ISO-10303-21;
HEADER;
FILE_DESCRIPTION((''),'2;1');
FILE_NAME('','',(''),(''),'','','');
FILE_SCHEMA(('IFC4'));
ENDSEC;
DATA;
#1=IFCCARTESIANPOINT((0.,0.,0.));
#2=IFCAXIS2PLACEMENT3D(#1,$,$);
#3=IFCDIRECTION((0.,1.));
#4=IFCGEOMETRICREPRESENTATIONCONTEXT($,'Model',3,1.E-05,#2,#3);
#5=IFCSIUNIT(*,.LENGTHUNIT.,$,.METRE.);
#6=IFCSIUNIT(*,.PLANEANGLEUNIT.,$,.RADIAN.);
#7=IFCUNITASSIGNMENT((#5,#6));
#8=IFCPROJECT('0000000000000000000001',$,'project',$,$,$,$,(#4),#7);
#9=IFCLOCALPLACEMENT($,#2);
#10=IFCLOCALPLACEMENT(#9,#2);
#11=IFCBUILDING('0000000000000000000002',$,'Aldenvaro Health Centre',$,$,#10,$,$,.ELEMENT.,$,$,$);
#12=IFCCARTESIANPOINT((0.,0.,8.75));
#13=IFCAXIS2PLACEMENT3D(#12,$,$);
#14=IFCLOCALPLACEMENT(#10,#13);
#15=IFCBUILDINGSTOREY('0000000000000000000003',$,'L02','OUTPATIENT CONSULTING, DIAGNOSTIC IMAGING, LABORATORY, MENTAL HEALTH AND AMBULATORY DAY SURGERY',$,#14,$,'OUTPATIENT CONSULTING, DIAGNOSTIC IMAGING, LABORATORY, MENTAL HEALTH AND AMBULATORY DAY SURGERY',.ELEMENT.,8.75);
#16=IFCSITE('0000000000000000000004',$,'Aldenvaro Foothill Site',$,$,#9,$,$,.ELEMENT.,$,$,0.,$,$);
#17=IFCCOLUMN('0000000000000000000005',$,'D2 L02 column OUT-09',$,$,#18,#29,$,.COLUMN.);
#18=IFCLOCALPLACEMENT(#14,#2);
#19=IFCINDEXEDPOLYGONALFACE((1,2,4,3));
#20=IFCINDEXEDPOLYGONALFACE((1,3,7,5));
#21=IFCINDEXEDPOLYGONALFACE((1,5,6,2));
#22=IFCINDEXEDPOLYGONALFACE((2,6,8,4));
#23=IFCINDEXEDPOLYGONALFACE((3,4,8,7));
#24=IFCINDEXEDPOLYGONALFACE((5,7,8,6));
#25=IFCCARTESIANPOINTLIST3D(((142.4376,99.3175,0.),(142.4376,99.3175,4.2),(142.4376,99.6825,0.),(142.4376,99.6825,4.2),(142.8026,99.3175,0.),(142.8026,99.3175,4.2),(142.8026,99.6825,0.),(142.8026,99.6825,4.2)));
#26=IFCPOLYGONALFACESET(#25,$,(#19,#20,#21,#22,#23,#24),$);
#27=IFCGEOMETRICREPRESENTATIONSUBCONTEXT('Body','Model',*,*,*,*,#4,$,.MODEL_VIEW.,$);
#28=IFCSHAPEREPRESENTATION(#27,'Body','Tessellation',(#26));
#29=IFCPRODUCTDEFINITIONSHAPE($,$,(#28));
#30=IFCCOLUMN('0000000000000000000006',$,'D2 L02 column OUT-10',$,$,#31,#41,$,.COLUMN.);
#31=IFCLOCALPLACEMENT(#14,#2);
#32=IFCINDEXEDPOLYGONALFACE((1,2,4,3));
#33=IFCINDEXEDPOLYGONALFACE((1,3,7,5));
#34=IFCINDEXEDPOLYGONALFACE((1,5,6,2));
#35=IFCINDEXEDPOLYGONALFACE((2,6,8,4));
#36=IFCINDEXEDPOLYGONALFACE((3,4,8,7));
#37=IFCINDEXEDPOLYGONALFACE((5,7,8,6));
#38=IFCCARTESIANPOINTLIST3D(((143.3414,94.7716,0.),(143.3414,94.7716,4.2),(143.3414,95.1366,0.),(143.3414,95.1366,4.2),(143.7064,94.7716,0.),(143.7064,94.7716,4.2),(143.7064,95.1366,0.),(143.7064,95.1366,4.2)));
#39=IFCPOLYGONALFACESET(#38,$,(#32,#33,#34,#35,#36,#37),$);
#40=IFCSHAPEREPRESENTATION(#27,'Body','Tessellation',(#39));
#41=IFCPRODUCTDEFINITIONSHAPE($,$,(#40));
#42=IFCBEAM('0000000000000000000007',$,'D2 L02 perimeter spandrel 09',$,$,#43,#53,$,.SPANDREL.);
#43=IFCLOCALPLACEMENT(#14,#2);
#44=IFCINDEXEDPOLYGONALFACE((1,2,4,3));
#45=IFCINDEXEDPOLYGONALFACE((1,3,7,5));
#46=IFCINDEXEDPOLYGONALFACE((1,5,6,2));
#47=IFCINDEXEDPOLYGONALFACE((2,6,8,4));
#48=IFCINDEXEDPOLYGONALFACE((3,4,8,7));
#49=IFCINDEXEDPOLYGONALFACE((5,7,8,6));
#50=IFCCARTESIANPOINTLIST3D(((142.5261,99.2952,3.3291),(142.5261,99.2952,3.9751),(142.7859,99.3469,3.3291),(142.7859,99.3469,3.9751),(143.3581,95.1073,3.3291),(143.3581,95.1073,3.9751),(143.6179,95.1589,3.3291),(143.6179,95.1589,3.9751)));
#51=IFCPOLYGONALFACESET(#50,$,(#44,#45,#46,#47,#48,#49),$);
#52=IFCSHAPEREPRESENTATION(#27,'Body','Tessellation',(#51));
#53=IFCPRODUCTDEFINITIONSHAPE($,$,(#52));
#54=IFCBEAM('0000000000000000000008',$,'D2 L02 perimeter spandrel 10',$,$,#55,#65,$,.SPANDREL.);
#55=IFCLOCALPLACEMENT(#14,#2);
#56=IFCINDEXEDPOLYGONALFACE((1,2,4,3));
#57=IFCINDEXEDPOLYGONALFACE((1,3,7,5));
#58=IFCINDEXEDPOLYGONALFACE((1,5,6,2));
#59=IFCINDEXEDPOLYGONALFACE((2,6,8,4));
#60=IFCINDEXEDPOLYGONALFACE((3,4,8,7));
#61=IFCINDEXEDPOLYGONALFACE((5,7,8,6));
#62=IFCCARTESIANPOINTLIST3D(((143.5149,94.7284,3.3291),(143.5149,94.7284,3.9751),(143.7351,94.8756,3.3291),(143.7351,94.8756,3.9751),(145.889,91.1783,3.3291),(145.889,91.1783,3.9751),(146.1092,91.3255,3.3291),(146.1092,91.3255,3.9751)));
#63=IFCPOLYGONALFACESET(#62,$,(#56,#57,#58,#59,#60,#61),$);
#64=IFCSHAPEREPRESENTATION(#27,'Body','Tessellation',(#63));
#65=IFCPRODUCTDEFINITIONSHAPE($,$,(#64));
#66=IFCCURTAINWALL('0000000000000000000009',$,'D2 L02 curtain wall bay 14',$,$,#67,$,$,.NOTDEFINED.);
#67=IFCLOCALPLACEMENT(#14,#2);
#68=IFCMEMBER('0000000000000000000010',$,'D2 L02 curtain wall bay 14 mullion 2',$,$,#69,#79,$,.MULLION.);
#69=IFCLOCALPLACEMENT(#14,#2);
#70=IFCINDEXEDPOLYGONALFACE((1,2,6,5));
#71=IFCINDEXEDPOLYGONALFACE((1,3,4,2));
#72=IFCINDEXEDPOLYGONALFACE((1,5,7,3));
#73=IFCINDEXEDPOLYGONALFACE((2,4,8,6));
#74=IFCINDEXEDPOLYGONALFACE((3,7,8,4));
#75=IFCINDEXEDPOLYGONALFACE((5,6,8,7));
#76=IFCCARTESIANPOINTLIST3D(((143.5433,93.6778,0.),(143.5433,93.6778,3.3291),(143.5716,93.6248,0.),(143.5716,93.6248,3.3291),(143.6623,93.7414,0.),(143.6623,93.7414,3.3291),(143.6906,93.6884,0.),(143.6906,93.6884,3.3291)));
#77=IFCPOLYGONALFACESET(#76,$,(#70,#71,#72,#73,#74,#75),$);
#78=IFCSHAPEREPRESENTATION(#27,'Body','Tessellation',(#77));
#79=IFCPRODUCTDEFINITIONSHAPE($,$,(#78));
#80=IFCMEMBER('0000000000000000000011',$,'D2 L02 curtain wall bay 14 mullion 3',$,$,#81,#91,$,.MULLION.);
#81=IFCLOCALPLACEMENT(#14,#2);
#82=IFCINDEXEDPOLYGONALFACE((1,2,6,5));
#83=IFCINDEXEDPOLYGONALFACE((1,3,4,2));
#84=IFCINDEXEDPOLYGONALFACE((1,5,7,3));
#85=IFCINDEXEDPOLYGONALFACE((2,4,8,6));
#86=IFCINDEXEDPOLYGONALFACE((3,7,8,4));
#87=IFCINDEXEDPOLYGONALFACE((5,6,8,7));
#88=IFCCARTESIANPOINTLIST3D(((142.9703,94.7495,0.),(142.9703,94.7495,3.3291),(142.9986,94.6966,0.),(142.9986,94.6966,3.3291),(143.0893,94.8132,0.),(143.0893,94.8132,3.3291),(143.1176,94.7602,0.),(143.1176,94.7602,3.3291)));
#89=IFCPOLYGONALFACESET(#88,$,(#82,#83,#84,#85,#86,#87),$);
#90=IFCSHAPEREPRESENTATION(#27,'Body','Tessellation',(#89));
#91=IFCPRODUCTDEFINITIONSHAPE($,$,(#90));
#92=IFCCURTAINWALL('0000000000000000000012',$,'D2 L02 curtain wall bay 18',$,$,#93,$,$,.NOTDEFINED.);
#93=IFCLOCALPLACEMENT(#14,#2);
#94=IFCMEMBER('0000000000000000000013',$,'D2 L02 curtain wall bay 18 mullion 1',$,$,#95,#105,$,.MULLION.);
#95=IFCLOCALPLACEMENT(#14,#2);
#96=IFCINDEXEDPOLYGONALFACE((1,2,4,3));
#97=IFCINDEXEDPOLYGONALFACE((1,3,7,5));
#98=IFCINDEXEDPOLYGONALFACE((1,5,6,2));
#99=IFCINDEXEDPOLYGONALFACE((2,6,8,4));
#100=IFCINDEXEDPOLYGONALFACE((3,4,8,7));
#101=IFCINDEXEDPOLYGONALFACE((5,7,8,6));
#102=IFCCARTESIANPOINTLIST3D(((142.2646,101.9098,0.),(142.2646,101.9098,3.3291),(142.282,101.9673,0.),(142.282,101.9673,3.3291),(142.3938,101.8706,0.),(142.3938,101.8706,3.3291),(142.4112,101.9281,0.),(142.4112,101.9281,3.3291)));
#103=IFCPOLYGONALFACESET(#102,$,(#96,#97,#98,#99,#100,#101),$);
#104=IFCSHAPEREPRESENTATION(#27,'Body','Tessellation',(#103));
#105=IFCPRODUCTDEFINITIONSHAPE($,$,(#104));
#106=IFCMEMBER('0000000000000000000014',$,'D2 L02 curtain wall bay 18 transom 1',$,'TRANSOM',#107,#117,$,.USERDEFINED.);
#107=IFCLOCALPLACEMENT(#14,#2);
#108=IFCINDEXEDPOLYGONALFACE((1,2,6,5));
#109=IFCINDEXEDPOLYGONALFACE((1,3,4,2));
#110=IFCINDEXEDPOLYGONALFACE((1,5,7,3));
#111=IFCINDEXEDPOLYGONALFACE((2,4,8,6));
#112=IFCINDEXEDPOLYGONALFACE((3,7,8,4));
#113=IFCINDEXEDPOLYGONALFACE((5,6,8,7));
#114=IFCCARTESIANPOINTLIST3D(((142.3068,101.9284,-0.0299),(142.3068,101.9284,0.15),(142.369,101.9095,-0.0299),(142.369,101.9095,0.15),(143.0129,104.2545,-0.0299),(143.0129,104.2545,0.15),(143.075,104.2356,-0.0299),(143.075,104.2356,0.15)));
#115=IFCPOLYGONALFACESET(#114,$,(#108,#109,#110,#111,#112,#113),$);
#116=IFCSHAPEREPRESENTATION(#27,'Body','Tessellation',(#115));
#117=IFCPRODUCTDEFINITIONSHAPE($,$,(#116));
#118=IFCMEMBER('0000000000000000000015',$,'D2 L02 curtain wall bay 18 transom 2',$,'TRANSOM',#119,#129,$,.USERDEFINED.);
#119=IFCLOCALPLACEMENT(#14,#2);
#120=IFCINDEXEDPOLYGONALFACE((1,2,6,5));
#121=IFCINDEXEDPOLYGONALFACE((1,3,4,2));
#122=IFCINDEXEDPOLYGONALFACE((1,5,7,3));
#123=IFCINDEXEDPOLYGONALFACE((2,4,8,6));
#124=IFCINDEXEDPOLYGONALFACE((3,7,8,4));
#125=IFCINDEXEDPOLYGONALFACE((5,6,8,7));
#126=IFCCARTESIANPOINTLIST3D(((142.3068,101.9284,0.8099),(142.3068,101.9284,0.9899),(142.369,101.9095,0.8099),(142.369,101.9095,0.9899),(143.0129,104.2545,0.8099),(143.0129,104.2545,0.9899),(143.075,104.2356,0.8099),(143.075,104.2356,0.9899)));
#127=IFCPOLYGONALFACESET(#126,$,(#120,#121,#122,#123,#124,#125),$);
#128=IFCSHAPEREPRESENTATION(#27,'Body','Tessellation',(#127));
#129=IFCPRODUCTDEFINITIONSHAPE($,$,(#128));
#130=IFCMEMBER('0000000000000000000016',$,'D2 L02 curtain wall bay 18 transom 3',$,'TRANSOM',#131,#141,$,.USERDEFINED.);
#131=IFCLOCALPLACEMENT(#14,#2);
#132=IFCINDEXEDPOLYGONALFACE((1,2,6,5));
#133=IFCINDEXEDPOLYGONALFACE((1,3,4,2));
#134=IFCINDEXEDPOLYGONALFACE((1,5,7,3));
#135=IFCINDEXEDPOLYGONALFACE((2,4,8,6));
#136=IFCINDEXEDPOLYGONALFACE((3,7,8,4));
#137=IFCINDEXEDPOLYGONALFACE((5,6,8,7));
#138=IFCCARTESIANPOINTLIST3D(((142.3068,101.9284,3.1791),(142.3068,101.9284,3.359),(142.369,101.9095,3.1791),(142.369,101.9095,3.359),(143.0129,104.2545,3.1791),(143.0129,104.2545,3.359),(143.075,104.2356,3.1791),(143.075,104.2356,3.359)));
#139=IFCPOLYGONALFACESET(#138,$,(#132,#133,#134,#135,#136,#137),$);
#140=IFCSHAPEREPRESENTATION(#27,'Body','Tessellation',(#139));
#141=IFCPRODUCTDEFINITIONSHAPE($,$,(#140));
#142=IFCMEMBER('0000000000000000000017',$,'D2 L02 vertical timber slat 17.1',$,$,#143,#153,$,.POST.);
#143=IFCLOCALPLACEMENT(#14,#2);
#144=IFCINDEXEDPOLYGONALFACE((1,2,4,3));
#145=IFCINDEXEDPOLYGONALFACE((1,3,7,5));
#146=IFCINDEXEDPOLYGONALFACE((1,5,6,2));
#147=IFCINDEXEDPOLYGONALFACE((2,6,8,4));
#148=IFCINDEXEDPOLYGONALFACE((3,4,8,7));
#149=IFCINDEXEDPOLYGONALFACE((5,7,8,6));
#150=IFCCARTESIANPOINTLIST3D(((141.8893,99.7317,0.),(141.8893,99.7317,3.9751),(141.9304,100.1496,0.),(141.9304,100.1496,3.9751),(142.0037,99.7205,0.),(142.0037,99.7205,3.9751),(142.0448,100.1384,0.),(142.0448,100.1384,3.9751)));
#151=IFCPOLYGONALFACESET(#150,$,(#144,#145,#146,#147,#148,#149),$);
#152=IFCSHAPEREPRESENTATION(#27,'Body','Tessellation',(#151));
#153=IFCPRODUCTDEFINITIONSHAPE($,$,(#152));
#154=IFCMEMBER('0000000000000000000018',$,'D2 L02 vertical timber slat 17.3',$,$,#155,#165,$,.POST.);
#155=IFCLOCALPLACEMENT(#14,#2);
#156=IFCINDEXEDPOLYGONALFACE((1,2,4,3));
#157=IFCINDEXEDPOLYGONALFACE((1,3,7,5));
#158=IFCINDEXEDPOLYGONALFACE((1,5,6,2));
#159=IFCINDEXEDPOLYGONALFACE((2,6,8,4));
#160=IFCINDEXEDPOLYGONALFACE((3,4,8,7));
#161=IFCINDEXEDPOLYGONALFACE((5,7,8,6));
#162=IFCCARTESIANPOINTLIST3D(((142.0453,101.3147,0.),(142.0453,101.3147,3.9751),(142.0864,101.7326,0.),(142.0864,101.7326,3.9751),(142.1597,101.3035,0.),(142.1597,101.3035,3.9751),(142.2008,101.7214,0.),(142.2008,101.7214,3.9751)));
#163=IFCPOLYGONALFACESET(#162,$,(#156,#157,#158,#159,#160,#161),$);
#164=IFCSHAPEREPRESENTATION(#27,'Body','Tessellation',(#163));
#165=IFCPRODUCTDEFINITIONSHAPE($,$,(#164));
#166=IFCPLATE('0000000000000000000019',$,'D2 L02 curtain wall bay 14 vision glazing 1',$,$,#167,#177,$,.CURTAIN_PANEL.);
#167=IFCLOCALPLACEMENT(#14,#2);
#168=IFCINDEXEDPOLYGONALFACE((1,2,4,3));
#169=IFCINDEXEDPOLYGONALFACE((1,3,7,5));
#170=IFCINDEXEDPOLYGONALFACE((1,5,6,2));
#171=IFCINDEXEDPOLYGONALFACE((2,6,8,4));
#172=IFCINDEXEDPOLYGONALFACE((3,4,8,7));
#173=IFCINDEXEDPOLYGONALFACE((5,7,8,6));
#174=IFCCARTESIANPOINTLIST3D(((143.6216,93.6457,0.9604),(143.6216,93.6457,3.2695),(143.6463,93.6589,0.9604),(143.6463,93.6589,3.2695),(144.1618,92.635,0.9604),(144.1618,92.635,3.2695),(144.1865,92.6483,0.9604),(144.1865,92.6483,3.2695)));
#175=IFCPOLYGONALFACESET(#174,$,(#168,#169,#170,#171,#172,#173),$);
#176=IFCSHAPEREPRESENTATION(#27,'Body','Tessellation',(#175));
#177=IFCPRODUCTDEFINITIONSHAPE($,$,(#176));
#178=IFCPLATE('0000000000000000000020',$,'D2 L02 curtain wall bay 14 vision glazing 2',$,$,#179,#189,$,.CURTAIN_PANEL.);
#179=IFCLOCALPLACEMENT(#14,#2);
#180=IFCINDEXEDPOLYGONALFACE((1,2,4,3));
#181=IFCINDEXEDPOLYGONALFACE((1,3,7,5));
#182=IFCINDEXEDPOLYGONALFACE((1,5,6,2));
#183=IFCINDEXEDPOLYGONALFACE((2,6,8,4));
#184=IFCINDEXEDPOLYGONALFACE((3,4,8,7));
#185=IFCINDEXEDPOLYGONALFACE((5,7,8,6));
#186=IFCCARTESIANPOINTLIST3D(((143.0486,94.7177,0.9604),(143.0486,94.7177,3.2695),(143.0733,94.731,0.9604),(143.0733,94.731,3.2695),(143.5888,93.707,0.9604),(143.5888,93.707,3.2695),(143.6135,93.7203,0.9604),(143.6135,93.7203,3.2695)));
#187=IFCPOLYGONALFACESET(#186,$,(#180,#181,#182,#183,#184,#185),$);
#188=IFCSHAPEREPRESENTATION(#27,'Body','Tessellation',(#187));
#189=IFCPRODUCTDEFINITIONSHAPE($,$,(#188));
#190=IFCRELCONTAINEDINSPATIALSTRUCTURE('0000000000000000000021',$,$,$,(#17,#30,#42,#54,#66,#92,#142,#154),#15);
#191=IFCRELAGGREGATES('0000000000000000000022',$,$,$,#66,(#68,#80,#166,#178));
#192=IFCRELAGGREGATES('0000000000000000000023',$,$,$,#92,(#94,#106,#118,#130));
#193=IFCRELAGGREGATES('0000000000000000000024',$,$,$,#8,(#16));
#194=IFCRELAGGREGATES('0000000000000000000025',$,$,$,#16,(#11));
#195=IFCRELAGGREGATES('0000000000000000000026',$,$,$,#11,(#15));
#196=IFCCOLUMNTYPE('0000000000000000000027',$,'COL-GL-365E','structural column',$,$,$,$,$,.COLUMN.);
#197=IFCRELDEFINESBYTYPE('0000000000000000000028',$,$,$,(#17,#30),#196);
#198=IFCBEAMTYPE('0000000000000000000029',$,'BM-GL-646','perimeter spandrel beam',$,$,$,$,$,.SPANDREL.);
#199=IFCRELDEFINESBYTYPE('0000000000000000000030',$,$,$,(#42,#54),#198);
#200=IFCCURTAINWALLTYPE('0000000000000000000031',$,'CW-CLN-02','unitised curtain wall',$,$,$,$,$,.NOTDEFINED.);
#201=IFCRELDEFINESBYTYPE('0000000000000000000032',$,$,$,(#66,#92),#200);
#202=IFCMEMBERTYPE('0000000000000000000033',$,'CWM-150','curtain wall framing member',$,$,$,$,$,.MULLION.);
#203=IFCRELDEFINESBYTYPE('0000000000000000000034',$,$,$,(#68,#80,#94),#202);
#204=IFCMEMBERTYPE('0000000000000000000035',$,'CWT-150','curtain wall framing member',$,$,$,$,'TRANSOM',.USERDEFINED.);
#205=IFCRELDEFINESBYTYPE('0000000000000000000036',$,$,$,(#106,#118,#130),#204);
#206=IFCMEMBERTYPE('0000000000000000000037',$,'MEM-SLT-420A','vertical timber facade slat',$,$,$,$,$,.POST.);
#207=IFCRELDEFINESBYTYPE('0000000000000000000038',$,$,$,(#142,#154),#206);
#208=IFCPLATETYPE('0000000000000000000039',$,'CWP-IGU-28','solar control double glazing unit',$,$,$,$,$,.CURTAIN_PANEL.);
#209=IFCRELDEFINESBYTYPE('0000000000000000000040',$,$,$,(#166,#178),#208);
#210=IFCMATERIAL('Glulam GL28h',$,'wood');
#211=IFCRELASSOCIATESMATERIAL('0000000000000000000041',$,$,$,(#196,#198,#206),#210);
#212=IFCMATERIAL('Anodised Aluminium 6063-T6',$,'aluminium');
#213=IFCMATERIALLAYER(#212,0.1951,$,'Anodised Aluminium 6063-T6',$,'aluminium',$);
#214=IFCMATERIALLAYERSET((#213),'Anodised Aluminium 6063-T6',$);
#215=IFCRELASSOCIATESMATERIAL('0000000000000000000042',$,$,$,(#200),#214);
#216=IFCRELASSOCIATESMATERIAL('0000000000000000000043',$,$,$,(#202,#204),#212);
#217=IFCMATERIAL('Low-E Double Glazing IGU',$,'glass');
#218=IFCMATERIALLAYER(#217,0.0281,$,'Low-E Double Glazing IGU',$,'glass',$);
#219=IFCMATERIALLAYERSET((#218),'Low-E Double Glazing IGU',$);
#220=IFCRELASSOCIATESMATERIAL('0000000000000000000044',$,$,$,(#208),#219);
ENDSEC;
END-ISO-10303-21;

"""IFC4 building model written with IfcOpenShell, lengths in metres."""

from ifc_helpers import new_model, si_unit, direction, frame, origin, origin_2d, place, context, subcontext, project, spatial, rectangle, extrude, material, layer, layer_set, material_profile, profile_set, type_object, element, aggregate, save


model = new_model("IFC4")

# Units and contexts
model_context = context("Model", 3, precision=1e-05, world=origin(), true_north=direction((0.0, 1.0)))
body_context = subcontext(model_context, "Body", "Model", "MODEL_VIEW")
ifc_project = project(units=[si_unit("LENGTHUNIT", "METRE"), si_unit("PLANEANGLEUNIT", "RADIAN")], contexts=[model_context])

# Site, building, storey
site_placement = place(None, origin())
site = spatial("IfcSite", under=ifc_project, at=site_placement, Name="Aldenvaro Foothill Site", CompositionType="ELEMENT", RefElevation=0.0)
building_placement = place(site_placement, origin())
building = spatial("IfcBuilding", under=site, at=building_placement, Name="Aldenvaro Health Centre", CompositionType="ELEMENT")
storey_placement = place(building_placement, frame((0.0, 0.0, 8.75)))
storey = spatial("IfcBuildingStorey", under=building, at=storey_placement, Name="L02", Description="OUTPATIENT CONSULTING, DIAGNOSTIC IMAGING, LABORATORY, MENTAL HEALTH AND AMBULATORY DAY SURGERY", LongName="OUTPATIENT CONSULTING, DIAGNOSTIC IMAGING, LABORATORY, MENTAL HEALTH AND AMBULATORY DAY SURGERY", CompositionType="ELEMENT", Elevation=8.75)

# Columns
ifc_material_1 = material(Name="Glulam GL28h", Category="wood")
ifc_material_profile_1 = material_profile(ifc_material_1, rectangle(XDim=0.365, YDim=0.365, at=origin_2d()), Name="GL 365x365", Category="wood")
ifc_profile_set_1 = profile_set([ifc_material_profile_1], Name="Glulam GL28h")
column_type = type_object("IfcColumnType", Name="COL-GL-365E", Description="structural column", PredefinedType="COLUMN", material=ifc_profile_set_1)
for number, where, z_axis, x_axis, name in (
    (1, (142.6201, 99.5, 0.0), (0.0, 0.0, 1.0), (1.0, 0.0, 0.0), "D2 L02 column OUT-09"),
    (2, (143.5239, 94.9541, 0.0), (0.0, 0.0, 1.0), (1.0, 0.0, 0.0), "D2 L02 column OUT-10"),
):
    element("IfcColumn", number, at=place(storey_placement, frame(where, z_axis=z_axis, x_axis=x_axis)), inside=storey, type_object=column_type, Name=name, PredefinedType="COLUMN", context=body_context, shape_type="SweptSolid", body=[
        extrude(rectangle(XDim=0.365, YDim=0.365, at=origin_2d()), origin(), (0.0, 0.0, 1.0), 4.2),
    ])

# Beams
ifc_material_profile_2 = material_profile(ifc_material_1, rectangle(XDim=0.2649, YDim=0.646, at=origin_2d()), Name="GL 265x646", Category="wood")
ifc_profile_set_2 = profile_set([ifc_material_profile_2], Name="Glulam GL28h")
beam_type = type_object("IfcBeamType", Name="BM-GL-646", Description="perimeter spandrel beam", PredefinedType="SPANDREL", material=ifc_profile_set_2)
beam_1_placement = place(storey_placement, frame((142.656, 99.321, 3.6521), z_axis=(0.194862, -0.980831, 0.0), x_axis=(0.980831, 0.194862, 0.0)))
element("IfcBeam", 3, at=beam_1_placement, inside=storey, type_object=beam_type, Name="D2 L02 perimeter spandrel 09", PredefinedType="SPANDREL", context=body_context, shape_type="SweptSolid", body=[
    extrude(rectangle(XDim=0.2649, YDim=0.646, at=origin_2d()), origin(), (0.0, 0.0, 1.0), 4.2698),
])
beam_2_placement = place(storey_placement, frame((143.625, 94.802, 3.6521), z_axis=(0.555887, -0.831258, 0.0), x_axis=(0.831258, 0.555887, 0.0)))
element("IfcBeam", 4, at=beam_2_placement, inside=storey, type_object=beam_type, Name="D2 L02 perimeter spandrel 10", PredefinedType="SPANDREL", context=body_context, shape_type="SweptSolid", body=[
    extrude(rectangle(XDim=0.2649, YDim=0.646, at=origin_2d()), origin(), (0.0, 0.0, 1.0), 4.2708),
])

# Curtain walls, members
ifc_material_2 = material(Name="Anodised Aluminium 6063-T6", Category="aluminium")
ifc_layer_1 = layer(ifc_material_2, 0.1951, Name="Anodised Aluminium 6063-T6", Category="aluminium")
ifc_layer_set_1 = layer_set([ifc_layer_1], Name="Anodised Aluminium 6063-T6")
curtain_wall_type = type_object("IfcCurtainWallType", Name="CW-CLN-02", Description="unitised curtain wall", PredefinedType="NOTDEFINED", material=ifc_layer_set_1)
curtain_wall_1_placement = place(storey_placement, origin())
curtain_wall_1 = element("IfcCurtainWall", 5, at=curtain_wall_1_placement, inside=storey, type_object=curtain_wall_type, Name="D2 L02 curtain wall bay 14", PredefinedType="NOTDEFINED")
ifc_material_profile_3 = material_profile(ifc_material_2, rectangle(XDim=0.0601, YDim=0.135, at=origin_2d()), Name="ALU 60x135", Category="aluminium")
ifc_profile_set_3 = profile_set([ifc_material_profile_3], Name="Anodised Aluminium 6063-T6")
member_type_1 = type_object("IfcMemberType", Name="CWM-150", Description="curtain wall framing member", PredefinedType="MULLION", material=ifc_profile_set_3)
member_1_placement = place(storey_placement, frame((143.6169, 93.6831, 0.0), z_axis=(0.0, 0.0, 1.0), x_axis=(-0.471399, 0.88192, 0.0)))
member_1 = element("IfcMember", 6, at=member_1_placement, type_object=member_type_1, Name="D2 L02 curtain wall bay 14 mullion 2", PredefinedType="MULLION", context=body_context, shape_type="SweptSolid", body=[
    extrude(rectangle(XDim=0.0601, YDim=0.135, at=origin_2d()), origin(), (0.0, 0.0, 1.0), 3.3291),
])
member_2_placement = place(storey_placement, frame((143.0439, 94.7549, 0.0), z_axis=(0.0, 0.0, 1.0), x_axis=(-0.471399, 0.88192, 0.0)))
member_2 = element("IfcMember", 7, at=member_2_placement, type_object=member_type_1, Name="D2 L02 curtain wall bay 14 mullion 3", PredefinedType="MULLION", context=body_context, shape_type="SweptSolid", body=[
    extrude(rectangle(XDim=0.0601, YDim=0.135, at=origin_2d()), origin(), (0.0, 0.0, 1.0), 3.3291),
])
curtain_wall_2_placement = place(storey_placement, origin())
curtain_wall_2 = element("IfcCurtainWall", 8, at=curtain_wall_2_placement, inside=storey, type_object=curtain_wall_type, Name="D2 L02 curtain wall bay 18", PredefinedType="NOTDEFINED")
member_3_placement = place(storey_placement, frame((142.3379, 101.9189, 0.0), z_axis=(0.0, 0.0, 1.0), x_axis=(0.290441, 0.956893, 0.0)))
member_3 = element("IfcMember", 9, at=member_3_placement, type_object=member_type_1, Name="D2 L02 curtain wall bay 18 mullion 1", PredefinedType="MULLION", context=body_context, shape_type="SweptSolid", body=[
    extrude(rectangle(XDim=0.0601, YDim=0.135, at=origin_2d()), origin(), (0.0, 0.0, 1.0), 3.3291),
])
ifc_material_profile_4 = material_profile(ifc_material_2, rectangle(XDim=0.0649, YDim=0.1799, at=origin_2d()), Name="ALU 65x180", Category="aluminium")
ifc_profile_set_4 = profile_set([ifc_material_profile_4], Name="Anodised Aluminium 6063-T6")
member_type_2 = type_object("IfcMemberType", Name="CWT-150", Description="curtain wall framing member", ElementType="TRANSOM", PredefinedType="USERDEFINED", material=ifc_profile_set_4)
member_4_placement = place(storey_placement, frame((142.3379, 101.9189, 0.0601), z_axis=(0.290442, 0.956893, 0.0), x_axis=(-0.956893, 0.290442, 0.0)))
member_4 = element("IfcMember", 10, at=member_4_placement, type_object=member_type_2, Name="D2 L02 curtain wall bay 18 transom 1", ObjectType="TRANSOM", PredefinedType="USERDEFINED", context=body_context, shape_type="SweptSolid", body=[
    extrude(rectangle(XDim=0.0649, YDim=0.1799, at=origin_2d()), origin(), (0.0, 0.0, 1.0), 2.4309),
])
member_5_placement = place(storey_placement, frame((142.3379, 101.9189, 0.8999), z_axis=(0.290442, 0.956893, 0.0), x_axis=(-0.956893, 0.290442, 0.0)))
member_5 = element("IfcMember", 11, at=member_5_placement, type_object=member_type_2, Name="D2 L02 curtain wall bay 18 transom 2", ObjectType="TRANSOM", PredefinedType="USERDEFINED", context=body_context, shape_type="SweptSolid", body=[
    extrude(rectangle(XDim=0.0649, YDim=0.1799, at=origin_2d()), origin(), (0.0, 0.0, 1.0), 2.4309),
])
member_6_placement = place(storey_placement, frame((142.3379, 101.9189, 3.269), z_axis=(0.290442, 0.956893, 0.0), x_axis=(-0.956893, 0.290442, 0.0)))
member_6 = element("IfcMember", 12, at=member_6_placement, type_object=member_type_2, Name="D2 L02 curtain wall bay 18 transom 3", ObjectType="TRANSOM", PredefinedType="USERDEFINED", context=body_context, shape_type="SweptSolid", body=[
    extrude(rectangle(XDim=0.0649, YDim=0.1799, at=origin_2d()), origin(), (0.0, 0.0, 1.0), 2.4309),
])

# Members
ifc_material_profile_5 = material_profile(ifc_material_1, rectangle(XDim=0.115, YDim=0.4199, at=origin_2d()), Name="GL 115x420", Category="wood")
ifc_profile_set_5 = profile_set([ifc_material_profile_5], Name="Glulam GL28h")
member_type_3 = type_object("IfcMemberType", Name="MEM-SLT-420A", Description="vertical timber facade slat", PredefinedType="POST", material=ifc_profile_set_5)
for number, where, z_axis, x_axis, name in (
    (13, (141.967, 99.9351, 0.0), (0.0, 0.0, 1.0), (-0.995195, 0.097915, 0.0), "D2 L02 vertical timber slat 17.1"),
    (14, (142.123, 101.5181, 0.0), (0.0, 0.0, 1.0), (-0.995195, 0.097915, 0.0), "D2 L02 vertical timber slat 17.3"),
):
    element("IfcMember", number, at=place(storey_placement, frame(where, z_axis=z_axis, x_axis=x_axis)), inside=storey, type_object=member_type_3, Name=name, PredefinedType="POST", context=body_context, shape_type="SweptSolid", body=[
        extrude(rectangle(XDim=0.115, YDim=0.4199, at=origin_2d()), origin(), (0.0, 0.0, 1.0), 3.9751),
    ])

# Plates
ifc_material_3 = material(Name="Low-E Double Glazing IGU", Category="glass")
ifc_layer_2 = layer(ifc_material_3, 0.0281, Name="Low-E Double Glazing IGU", Category="glass")
ifc_layer_set_2 = layer_set([ifc_layer_2], Name="Low-E Double Glazing IGU")
plate_type_1 = type_object("IfcPlateType", Name="CWP-IGU-28", Description="solar control double glazing unit", PredefinedType="CURTAIN_PANEL", material=ifc_layer_set_2)
plate_1_placement = place(storey_placement, frame((143.9041, 93.147, 0.9604), z_axis=(0.0, 0.0, 1.0), x_axis=(-0.471399, 0.88192, 0.0)))
plate_1 = element("IfcPlate", 15, at=plate_1_placement, type_object=plate_type_1, Name="D2 L02 curtain wall bay 14 vision glazing 1", PredefinedType="CURTAIN_PANEL", context=body_context, shape_type="SweptSolid", body=[
    extrude(rectangle(XDim=1.146, YDim=0.0281, at=origin_2d()), origin(), (0.0, 0.0, 1.0), 2.3091),
])
plate_2_placement = place(storey_placement, frame((143.3311, 94.219, 0.9604), z_axis=(0.0, 0.0, 1.0), x_axis=(-0.471399, 0.88192, 0.0)))
plate_2 = element("IfcPlate", 16, at=plate_2_placement, type_object=plate_type_1, Name="D2 L02 curtain wall bay 14 vision glazing 2", PredefinedType="CURTAIN_PANEL", context=body_context, shape_type="SweptSolid", body=[
    extrude(rectangle(XDim=1.146, YDim=0.0281, at=origin_2d()), origin(), (0.0, 0.0, 1.0), 2.3091),
])
aggregate(curtain_wall_1, [member_1, member_2, plate_1, plate_2])
aggregate(curtain_wall_2, [member_3, member_4, member_5, member_6])

save(model, "model.ifc")
